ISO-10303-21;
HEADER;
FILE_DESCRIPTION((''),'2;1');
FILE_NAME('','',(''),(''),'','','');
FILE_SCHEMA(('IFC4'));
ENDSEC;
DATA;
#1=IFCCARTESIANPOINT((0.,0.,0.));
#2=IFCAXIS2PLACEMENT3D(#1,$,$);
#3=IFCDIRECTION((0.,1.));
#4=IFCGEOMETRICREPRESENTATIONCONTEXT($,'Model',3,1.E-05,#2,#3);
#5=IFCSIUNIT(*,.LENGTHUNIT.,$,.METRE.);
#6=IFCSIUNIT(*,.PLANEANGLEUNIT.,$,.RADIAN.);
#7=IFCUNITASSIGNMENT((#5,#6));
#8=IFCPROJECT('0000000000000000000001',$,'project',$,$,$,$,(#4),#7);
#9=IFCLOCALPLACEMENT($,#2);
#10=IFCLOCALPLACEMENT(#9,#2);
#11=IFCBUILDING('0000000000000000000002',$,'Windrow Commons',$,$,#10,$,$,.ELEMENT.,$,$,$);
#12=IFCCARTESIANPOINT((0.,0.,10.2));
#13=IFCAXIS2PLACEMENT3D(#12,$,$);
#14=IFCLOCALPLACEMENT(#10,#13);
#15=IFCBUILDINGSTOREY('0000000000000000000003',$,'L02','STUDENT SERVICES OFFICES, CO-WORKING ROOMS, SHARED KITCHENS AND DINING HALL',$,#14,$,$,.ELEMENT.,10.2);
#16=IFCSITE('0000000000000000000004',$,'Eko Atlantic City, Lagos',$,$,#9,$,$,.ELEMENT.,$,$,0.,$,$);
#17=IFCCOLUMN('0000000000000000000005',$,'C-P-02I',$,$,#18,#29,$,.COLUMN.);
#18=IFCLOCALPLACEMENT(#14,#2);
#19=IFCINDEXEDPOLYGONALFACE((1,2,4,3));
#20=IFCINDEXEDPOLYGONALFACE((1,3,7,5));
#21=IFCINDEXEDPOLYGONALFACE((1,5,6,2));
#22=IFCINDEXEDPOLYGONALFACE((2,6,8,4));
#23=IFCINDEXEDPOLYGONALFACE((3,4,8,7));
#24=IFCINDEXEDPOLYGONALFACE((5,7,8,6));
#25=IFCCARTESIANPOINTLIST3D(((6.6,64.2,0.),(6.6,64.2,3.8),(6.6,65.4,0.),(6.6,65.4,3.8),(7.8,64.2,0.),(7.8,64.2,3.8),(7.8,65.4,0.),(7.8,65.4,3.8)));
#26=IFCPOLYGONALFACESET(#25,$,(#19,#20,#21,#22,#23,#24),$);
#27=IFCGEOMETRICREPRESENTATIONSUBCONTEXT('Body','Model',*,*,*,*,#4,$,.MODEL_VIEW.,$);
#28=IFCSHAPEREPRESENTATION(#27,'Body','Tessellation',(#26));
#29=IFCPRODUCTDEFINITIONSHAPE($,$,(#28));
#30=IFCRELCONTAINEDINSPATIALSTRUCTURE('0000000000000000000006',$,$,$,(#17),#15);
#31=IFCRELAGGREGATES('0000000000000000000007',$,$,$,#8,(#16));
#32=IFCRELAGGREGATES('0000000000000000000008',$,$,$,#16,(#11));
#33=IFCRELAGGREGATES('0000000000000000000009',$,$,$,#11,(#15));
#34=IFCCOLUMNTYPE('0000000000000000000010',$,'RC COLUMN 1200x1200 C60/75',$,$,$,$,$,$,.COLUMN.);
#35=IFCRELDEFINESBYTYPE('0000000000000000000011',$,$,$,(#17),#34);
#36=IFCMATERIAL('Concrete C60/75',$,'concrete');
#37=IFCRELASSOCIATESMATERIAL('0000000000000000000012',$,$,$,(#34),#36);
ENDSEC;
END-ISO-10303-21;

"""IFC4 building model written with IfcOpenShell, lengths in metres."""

from ifc_helpers import new_model, si_unit, direction, frame, origin, origin_2d, place, context, subcontext, project, spatial, rectangle, extrude, material, material_profile, profile_set, type_object, element, save


model = new_model("IFC4")

# Units and contexts
model_context = context("Model", 3, precision=1e-05, world=origin(), true_north=direction((0.0, 1.0)))
body_context = subcontext(model_context, "Body", "Model", "MODEL_VIEW")
ifc_project = project(units=[si_unit("LENGTHUNIT", "METRE"), si_unit("PLANEANGLEUNIT", "RADIAN")], contexts=[model_context])

# Site, building, storey
site_placement = place(None, origin())
site = spatial("IfcSite", under=ifc_project, at=site_placement, Name="Eko Atlantic City, Lagos", CompositionType="ELEMENT", RefElevation=0.0)
building_placement = place(site_placement, origin())
building = spatial("IfcBuilding", under=site, at=building_placement, Name="Windrow Commons", CompositionType="ELEMENT")
storey_placement = place(building_placement, frame((0.0, 0.0, 10.2)))
storey = spatial("IfcBuildingStorey", under=building, at=storey_placement, Name="L02", Description="STUDENT SERVICES OFFICES, CO-WORKING ROOMS, SHARED KITCHENS AND DINING HALL", CompositionType="ELEMENT", Elevation=10.2)

# Column
ifc_material_1 = material(Name="Concrete C60/75", Category="concrete")
ifc_material_profile = material_profile(ifc_material_1, rectangle(XDim=1.2, YDim=1.2, at=origin_2d()))
ifc_profile_set = profile_set([ifc_material_profile], Name="Concrete C60/75")
column_type = type_object("IfcColumnType", Name="RC COLUMN 1200x1200 C60/75", PredefinedType="COLUMN", material=ifc_profile_set)
column_placement = place(storey_placement, frame((7.2, 64.8, 0.0), z_axis=(0.0, 0.0, 1.0), x_axis=(1.0, 0.0, 0.0)))
element("IfcColumn", 1, at=column_placement, inside=storey, type_object=column_type, Name="C-P-02I", PredefinedType="COLUMN", context=body_context, shape_type="SweptSolid", body=[
    extrude(rectangle(XDim=1.2, YDim=1.2, at=origin_2d()), origin(), (0.0, 0.0, 1.0), 3.8),
])

save(model, "model.ifc")
